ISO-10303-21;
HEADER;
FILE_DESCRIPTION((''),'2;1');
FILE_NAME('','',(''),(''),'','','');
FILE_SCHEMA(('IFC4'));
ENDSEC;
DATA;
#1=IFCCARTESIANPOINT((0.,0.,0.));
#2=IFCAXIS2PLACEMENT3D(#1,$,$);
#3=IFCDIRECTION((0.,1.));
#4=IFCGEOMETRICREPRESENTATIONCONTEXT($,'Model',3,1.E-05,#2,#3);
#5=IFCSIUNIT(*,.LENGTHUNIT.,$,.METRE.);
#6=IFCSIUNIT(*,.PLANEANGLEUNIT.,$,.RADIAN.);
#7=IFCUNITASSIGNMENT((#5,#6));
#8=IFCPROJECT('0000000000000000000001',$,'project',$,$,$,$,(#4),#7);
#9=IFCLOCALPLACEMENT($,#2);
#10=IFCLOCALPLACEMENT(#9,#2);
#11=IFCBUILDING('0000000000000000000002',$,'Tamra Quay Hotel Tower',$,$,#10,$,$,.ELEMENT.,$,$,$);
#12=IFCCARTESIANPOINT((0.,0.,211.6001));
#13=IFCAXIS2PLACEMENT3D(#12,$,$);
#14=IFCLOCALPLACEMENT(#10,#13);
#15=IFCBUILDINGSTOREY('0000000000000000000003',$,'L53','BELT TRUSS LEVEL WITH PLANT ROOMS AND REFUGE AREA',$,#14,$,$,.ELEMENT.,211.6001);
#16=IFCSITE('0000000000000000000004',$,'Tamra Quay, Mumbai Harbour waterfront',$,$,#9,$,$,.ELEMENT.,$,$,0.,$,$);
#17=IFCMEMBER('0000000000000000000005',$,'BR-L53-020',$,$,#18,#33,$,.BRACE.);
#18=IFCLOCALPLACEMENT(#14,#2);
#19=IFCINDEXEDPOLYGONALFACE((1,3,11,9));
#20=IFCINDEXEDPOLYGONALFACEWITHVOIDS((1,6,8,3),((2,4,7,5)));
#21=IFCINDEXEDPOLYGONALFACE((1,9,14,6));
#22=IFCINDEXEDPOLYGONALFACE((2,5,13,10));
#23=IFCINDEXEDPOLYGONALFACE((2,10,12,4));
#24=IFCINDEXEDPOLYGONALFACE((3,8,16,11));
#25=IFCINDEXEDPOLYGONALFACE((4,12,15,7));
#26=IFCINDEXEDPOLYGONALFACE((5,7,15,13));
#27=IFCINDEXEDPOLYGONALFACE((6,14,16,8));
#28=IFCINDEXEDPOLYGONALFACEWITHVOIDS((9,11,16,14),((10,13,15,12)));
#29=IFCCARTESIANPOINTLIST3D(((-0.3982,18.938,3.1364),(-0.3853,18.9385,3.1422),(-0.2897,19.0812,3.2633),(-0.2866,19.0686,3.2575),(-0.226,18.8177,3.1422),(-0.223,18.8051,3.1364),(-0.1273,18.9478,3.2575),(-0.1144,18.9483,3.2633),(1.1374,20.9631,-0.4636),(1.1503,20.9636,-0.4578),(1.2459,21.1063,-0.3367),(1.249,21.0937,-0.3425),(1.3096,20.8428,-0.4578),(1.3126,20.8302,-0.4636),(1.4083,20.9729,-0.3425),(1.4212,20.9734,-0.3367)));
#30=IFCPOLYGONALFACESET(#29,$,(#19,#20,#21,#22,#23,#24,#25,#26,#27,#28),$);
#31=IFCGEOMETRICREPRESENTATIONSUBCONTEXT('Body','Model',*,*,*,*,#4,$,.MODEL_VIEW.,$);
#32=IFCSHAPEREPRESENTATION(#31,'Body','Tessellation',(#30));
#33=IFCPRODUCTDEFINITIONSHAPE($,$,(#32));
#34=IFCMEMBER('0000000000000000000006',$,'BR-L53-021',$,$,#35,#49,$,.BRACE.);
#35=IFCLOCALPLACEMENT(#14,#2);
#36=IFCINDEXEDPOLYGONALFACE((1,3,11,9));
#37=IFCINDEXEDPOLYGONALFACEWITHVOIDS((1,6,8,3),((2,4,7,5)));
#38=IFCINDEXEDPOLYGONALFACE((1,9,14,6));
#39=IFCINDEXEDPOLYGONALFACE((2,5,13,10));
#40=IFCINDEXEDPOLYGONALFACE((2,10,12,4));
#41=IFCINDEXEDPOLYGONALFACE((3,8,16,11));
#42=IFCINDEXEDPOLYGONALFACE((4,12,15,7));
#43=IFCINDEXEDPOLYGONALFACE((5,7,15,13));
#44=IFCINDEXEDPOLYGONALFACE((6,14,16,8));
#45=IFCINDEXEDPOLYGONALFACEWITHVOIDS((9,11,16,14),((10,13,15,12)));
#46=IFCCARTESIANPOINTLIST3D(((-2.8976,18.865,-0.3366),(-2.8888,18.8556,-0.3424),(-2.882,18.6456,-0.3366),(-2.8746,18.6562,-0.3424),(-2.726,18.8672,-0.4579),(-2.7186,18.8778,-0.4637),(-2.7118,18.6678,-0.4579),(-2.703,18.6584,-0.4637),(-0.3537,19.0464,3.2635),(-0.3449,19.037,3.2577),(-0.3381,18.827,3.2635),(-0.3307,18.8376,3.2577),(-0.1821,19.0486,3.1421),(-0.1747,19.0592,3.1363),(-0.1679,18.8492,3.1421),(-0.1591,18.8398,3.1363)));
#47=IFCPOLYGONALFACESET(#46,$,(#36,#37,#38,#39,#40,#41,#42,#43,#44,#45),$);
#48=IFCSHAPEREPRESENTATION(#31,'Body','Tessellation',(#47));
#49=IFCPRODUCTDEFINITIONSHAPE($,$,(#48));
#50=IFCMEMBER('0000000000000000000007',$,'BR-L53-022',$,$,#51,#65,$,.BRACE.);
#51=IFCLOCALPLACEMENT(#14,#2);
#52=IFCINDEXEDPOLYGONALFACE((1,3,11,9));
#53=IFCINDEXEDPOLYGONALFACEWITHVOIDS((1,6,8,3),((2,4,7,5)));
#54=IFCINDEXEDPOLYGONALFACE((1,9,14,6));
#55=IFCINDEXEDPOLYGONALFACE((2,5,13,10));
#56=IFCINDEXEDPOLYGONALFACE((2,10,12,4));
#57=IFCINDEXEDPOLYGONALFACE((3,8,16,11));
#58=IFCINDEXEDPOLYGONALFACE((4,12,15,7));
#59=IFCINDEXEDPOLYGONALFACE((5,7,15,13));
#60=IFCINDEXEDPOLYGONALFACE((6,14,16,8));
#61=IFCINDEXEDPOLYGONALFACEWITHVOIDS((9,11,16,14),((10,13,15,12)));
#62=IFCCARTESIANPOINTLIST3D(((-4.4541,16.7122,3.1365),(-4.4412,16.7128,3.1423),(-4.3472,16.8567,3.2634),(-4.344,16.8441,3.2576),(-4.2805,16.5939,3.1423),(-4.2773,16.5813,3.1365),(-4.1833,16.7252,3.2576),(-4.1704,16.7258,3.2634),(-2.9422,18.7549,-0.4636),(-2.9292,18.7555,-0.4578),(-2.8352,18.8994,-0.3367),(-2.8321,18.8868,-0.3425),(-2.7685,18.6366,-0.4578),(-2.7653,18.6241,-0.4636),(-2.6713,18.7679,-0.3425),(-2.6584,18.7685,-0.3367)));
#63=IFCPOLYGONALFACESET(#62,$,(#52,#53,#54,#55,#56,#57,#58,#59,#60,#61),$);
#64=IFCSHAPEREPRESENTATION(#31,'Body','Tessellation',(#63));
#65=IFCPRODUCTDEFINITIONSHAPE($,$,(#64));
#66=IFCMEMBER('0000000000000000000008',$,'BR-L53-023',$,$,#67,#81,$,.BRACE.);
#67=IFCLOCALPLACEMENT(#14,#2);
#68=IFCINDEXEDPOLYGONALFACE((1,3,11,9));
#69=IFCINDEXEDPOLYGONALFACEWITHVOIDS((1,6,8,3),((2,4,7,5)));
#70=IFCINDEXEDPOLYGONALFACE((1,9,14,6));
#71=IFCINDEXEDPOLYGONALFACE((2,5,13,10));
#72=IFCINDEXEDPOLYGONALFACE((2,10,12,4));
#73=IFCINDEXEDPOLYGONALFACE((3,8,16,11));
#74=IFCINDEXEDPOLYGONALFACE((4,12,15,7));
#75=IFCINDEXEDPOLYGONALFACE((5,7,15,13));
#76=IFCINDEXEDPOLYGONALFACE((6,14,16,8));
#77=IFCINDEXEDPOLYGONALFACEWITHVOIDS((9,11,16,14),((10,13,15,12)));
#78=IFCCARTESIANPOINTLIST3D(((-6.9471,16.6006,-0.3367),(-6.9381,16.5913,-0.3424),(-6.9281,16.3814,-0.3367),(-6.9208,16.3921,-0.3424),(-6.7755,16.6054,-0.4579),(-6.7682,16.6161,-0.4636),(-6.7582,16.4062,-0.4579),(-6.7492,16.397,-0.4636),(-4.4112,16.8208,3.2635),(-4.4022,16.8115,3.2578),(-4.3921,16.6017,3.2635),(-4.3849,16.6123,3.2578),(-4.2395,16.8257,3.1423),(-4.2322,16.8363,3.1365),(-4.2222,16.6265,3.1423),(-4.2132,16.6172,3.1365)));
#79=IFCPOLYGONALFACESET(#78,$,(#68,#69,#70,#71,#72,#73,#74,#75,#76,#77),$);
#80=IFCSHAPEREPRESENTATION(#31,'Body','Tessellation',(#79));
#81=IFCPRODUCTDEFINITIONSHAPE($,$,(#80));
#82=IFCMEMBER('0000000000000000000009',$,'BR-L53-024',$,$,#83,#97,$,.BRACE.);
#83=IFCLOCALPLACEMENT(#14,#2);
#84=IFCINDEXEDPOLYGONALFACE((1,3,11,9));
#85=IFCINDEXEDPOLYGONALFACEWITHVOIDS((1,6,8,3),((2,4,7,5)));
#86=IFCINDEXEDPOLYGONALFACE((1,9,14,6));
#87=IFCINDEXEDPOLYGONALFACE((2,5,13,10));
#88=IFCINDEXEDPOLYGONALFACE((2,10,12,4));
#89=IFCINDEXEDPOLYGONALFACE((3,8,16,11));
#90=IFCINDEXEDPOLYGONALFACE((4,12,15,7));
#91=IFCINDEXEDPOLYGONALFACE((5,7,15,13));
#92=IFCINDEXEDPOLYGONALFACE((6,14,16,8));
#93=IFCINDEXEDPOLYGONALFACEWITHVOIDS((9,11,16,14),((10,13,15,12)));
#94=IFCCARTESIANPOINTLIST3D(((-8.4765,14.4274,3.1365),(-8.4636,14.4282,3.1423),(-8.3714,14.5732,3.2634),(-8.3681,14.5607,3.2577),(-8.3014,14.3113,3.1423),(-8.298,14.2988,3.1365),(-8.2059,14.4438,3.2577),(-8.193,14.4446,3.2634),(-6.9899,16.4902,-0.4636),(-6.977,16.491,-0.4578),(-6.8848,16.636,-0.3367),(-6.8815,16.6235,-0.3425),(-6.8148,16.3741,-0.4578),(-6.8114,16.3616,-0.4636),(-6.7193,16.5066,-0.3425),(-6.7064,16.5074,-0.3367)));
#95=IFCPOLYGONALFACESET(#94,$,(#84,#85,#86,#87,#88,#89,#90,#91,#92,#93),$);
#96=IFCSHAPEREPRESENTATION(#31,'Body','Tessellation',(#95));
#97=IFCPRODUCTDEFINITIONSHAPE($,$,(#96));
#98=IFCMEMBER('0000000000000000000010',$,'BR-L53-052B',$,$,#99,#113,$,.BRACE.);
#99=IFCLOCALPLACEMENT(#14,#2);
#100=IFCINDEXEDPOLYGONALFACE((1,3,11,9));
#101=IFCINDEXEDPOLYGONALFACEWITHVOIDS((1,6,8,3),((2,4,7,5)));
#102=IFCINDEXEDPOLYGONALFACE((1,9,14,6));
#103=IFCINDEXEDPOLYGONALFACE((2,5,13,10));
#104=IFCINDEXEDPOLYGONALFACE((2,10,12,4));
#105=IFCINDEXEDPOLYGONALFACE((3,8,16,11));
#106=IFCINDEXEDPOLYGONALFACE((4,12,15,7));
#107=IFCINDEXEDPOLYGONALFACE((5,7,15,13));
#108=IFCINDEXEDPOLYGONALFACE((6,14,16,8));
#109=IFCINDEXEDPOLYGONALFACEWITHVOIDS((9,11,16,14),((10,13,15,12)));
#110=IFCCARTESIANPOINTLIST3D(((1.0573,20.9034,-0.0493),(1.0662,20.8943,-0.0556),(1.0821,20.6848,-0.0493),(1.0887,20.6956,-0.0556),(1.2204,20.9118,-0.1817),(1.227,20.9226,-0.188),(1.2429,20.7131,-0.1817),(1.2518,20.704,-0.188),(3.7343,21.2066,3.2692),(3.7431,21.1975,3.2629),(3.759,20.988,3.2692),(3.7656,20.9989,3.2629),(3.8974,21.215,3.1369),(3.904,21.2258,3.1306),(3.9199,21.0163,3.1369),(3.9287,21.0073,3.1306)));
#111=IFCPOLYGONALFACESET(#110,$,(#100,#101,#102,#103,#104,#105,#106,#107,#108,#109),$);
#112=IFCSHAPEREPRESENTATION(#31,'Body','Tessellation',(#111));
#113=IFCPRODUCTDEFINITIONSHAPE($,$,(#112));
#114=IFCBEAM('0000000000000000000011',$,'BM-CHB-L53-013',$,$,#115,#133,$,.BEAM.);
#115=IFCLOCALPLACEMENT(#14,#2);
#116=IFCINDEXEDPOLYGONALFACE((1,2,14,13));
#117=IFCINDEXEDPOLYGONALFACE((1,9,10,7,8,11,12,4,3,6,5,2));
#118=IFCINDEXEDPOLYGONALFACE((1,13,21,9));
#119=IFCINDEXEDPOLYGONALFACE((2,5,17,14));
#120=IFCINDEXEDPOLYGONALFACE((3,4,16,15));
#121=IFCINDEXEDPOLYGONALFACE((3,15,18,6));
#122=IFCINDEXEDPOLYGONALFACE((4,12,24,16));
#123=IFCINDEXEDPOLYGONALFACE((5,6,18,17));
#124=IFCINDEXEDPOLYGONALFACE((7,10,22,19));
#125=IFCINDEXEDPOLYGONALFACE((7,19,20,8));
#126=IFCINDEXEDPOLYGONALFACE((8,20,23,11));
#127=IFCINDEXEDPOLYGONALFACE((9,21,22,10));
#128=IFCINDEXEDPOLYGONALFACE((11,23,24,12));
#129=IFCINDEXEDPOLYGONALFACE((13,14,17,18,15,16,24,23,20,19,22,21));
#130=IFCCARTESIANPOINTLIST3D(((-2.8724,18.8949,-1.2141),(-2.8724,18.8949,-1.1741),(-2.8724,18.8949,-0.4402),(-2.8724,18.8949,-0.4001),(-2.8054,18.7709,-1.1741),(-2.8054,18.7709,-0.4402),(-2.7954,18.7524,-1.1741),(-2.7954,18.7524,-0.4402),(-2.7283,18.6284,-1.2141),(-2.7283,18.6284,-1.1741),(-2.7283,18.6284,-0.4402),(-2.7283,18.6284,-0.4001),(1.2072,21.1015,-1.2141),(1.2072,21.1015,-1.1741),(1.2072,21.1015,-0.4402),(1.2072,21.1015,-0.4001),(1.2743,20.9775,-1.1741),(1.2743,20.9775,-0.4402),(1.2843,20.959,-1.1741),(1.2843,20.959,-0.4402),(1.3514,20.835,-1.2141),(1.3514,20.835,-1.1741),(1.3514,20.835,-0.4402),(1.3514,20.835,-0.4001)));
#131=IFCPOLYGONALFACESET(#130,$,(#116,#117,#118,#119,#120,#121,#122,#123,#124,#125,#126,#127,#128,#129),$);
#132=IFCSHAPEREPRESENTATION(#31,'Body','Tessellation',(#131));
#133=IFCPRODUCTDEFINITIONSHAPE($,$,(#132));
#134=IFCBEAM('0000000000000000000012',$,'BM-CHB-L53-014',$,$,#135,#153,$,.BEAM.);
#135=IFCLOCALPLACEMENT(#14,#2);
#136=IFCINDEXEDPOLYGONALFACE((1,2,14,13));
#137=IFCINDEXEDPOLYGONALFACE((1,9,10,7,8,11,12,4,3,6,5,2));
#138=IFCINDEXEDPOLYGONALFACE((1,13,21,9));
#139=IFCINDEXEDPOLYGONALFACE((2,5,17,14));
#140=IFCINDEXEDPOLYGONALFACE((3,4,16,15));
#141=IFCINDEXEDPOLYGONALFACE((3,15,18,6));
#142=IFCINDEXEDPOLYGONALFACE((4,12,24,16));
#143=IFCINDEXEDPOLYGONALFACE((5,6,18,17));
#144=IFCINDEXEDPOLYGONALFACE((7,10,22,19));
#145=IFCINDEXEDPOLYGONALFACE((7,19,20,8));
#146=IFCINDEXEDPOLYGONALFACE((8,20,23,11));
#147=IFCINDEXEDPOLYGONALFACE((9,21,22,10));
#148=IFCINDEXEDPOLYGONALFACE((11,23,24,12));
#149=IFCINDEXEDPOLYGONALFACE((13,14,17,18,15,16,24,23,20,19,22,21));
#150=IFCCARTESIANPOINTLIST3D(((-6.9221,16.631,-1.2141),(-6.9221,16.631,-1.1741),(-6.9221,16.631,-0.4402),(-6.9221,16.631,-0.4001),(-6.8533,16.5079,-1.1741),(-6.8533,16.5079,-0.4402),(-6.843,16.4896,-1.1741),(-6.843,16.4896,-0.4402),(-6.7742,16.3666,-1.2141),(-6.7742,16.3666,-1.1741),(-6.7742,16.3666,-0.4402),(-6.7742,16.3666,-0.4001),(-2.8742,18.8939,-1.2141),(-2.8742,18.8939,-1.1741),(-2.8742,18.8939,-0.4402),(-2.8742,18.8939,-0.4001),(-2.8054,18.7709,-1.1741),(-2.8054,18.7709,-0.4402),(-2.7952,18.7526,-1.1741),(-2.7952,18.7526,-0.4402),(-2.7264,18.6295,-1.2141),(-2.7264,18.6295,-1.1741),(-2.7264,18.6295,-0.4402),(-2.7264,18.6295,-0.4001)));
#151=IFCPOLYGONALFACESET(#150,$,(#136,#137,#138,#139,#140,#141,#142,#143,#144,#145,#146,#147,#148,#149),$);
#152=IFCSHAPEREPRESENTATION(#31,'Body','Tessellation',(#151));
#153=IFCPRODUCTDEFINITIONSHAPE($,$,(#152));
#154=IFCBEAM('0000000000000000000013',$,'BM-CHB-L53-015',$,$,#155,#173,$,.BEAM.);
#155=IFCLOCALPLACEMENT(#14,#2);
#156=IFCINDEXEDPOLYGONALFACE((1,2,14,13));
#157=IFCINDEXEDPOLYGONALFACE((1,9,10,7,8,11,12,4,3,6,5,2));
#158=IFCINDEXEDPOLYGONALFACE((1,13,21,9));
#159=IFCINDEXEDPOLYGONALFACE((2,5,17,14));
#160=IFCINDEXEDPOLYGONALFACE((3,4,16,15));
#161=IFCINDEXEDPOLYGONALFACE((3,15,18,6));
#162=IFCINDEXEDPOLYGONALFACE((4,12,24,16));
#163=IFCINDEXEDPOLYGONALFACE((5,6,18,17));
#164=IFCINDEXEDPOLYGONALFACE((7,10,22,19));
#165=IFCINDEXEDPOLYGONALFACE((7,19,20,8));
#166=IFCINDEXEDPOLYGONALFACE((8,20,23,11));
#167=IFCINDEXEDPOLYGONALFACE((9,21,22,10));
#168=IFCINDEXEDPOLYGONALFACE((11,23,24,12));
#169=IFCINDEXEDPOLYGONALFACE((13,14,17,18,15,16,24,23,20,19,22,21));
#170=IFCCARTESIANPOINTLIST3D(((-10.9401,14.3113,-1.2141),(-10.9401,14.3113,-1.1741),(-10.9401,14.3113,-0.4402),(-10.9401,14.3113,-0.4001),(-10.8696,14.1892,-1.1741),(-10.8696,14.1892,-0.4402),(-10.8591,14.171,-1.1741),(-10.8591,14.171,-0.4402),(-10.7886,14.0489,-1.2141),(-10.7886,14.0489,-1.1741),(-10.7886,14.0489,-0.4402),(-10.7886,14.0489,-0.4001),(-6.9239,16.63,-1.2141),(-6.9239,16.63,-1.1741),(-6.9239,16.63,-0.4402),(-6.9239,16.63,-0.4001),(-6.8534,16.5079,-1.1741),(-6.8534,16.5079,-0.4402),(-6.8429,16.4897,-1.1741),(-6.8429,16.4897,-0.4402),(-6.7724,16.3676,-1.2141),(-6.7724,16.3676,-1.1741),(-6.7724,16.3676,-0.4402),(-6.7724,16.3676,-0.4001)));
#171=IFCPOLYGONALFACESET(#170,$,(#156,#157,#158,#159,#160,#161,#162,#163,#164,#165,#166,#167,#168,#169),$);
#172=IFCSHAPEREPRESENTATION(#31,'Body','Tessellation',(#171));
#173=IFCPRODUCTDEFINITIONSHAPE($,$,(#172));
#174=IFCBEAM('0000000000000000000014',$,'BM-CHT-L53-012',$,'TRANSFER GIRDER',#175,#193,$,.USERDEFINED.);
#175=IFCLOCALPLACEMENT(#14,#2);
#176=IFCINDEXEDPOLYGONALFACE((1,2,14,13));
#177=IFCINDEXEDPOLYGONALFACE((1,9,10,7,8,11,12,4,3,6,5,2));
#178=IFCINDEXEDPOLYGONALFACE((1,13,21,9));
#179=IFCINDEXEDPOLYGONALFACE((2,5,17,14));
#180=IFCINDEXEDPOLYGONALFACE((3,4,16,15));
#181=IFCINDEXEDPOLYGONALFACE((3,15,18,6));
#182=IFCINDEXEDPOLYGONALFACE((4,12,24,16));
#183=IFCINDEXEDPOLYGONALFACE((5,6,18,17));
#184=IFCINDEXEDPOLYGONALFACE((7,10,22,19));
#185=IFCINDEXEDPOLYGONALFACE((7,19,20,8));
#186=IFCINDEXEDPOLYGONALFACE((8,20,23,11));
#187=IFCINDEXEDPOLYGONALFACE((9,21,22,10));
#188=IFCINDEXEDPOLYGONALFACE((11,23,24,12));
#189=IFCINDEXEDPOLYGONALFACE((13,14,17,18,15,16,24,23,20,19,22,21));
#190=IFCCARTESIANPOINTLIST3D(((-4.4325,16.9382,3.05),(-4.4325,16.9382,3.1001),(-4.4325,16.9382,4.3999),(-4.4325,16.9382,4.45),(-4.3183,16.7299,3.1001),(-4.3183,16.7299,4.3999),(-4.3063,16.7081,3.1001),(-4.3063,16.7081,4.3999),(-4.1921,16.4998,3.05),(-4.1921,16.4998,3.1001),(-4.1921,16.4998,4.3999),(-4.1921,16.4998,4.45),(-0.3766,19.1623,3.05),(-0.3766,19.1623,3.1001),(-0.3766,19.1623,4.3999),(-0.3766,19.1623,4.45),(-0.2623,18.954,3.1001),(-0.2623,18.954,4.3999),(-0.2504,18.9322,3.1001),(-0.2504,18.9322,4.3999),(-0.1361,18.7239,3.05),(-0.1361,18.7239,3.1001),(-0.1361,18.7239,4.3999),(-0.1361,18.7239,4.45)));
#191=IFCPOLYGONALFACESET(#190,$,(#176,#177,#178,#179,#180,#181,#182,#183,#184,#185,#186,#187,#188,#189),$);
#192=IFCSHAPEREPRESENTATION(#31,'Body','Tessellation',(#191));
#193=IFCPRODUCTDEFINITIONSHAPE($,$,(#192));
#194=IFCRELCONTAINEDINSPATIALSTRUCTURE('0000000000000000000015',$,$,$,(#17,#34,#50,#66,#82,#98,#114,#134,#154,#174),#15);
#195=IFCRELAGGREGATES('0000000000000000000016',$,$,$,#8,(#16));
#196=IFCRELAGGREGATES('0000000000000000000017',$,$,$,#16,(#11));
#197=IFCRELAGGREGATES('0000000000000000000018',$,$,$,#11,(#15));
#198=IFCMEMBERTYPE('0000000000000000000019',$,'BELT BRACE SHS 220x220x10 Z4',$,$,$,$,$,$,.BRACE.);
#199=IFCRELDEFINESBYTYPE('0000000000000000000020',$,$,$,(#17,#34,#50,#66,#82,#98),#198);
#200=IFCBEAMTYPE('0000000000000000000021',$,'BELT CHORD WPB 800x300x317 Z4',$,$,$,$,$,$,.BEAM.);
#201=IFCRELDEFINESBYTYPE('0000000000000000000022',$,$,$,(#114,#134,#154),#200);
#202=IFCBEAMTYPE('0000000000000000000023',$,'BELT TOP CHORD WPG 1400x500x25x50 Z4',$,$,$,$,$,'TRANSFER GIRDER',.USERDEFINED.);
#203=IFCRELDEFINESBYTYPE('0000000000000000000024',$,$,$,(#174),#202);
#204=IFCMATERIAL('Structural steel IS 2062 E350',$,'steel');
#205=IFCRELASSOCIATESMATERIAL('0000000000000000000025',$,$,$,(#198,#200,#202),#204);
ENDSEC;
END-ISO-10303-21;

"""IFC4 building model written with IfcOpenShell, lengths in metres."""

from ifc_helpers import new_model, si_unit, direction, frame, origin, origin_2d, place, context, subcontext, project, spatial, hollow_rectangle, i_section, extrude, material, material_profile, profile_set, type_object, element, save


model = new_model("IFC4")

# Units and contexts
model_context = context("Model", 3, precision=1e-05, world=origin(), true_north=direction((0.0, 1.0)))
body_context = subcontext(model_context, "Body", "Model", "MODEL_VIEW")
ifc_project = project(units=[si_unit("LENGTHUNIT", "METRE"), si_unit("PLANEANGLEUNIT", "RADIAN")], contexts=[model_context])

# Site, building, storey
site_placement = place(None, origin())
site = spatial("IfcSite", under=ifc_project, at=site_placement, Name="Tamra Quay, Mumbai Harbour waterfront", CompositionType="ELEMENT", RefElevation=0.0)
building_placement = place(site_placement, origin())
building = spatial("IfcBuilding", under=site, at=building_placement, Name="Tamra Quay Hotel Tower", CompositionType="ELEMENT")
storey_placement = place(building_placement, frame((0.0, 0.0, 211.6001)))
storey = spatial("IfcBuildingStorey", under=building, at=storey_placement, Name="L53", Description="BELT TRUSS LEVEL WITH PLANT ROOMS AND REFUGE AREA", CompositionType="ELEMENT", Elevation=211.6001)

# Members
ifc_material_1 = material(Name="Structural steel IS 2062 E350", Category="steel")
ifc_material_profile_1 = material_profile(ifc_material_1, hollow_rectangle(XDim=0.22, YDim=0.22, WallThickness=0.01, at=origin_2d()), Name="SHS 220x220x10")
ifc_profile_set_1 = profile_set([ifc_material_profile_1], Name="Structural steel IS 2062 E350")
member_type = type_object("IfcMemberType", Name="BELT BRACE SHS 220x220x10 Z4", PredefinedType="BRACE", material=ifc_profile_set_1)
member_1_placement = place(storey_placement, frame((1.2793, 20.9683, -0.4001), z_axis=(-0.348469, -0.459548, 0.816936), x_axis=(0.796819, -0.604218, 0.0)))
element("IfcMember", 1, at=member_1_placement, inside=storey, type_object=member_type, Name="BR-L53-020", PredefinedType="BRACE", context=body_context, shape_type="SweptSolid", body=[
    extrude(hollow_rectangle(XDim=0.22, YDim=0.22, WallThickness=0.01, at=origin_2d()), origin(), (0.0, 0.0, 1.0), 4.4067),
])
member_2_placement = place(storey_placement, frame((-2.8003, 18.7617, -0.4001), z_axis=(0.576604, 0.041115, 0.815989), x_axis=(-0.071125, 0.997467, 0.0)))
element("IfcMember", 2, at=member_2_placement, inside=storey, type_object=member_type, Name="BR-L53-021", PredefinedType="BRACE", context=body_context, shape_type="SweptSolid", body=[
    extrude(hollow_rectangle(XDim=0.22, YDim=0.22, WallThickness=0.01, at=origin_2d()), origin(), (0.0, 0.0, 1.0), 4.4119),
])
member_3_placement = place(storey_placement, frame((-2.8003, 18.7617, -0.4001), z_axis=(-0.343101, -0.463544, 0.81695), x_axis=(0.803777, -0.594931, 0.0)))
element("IfcMember", 3, at=member_3_placement, inside=storey, type_object=member_type, Name="BR-L53-022", PredefinedType="BRACE", context=body_context, shape_type="SweptSolid", body=[
    extrude(hollow_rectangle(XDim=0.22, YDim=0.22, WallThickness=0.01, at=origin_2d()), origin(), (0.0, 0.0, 1.0), 4.4067),
])
member_4_placement = place(storey_placement, frame((-6.8481, 16.4988, -0.4001), z_axis=(0.575152, 0.049946, 0.81652), x_axis=(-0.086514, 0.996251, 0.0)))
element("IfcMember", 4, at=member_4_placement, inside=storey, type_object=member_type, Name="BR-L53-023", PredefinedType="BRACE", context=body_context, shape_type="SweptSolid", body=[
    extrude(hollow_rectangle(XDim=0.22, YDim=0.22, WallThickness=0.01, at=origin_2d()), origin(), (0.0, 0.0, 1.0), 4.4092),
])
member_5_placement = place(storey_placement, frame((-6.8481, 16.4988, -0.4001), z_axis=(-0.337287, -0.468014, 0.816823), x_axis=(0.811274, -0.584666, 0.0)))
element("IfcMember", 5, at=member_5_placement, inside=storey, type_object=member_type, Name="BR-L53-024", PredefinedType="BRACE", context=body_context, shape_type="SweptSolid", body=[
    extrude(hollow_rectangle(XDim=0.22, YDim=0.22, WallThickness=0.01, at=origin_2d()), origin(), (0.0, 0.0, 1.0), 4.4075),
])
member_6_placement = place(storey_placement, frame((1.1545, 20.8037, -0.1187), z_axis=(0.626271, 0.070937, 0.776371), x_axis=(-0.11255, 0.993646, 0.0)))
element("IfcMember", 6, at=member_6_placement, inside=storey, type_object=member_type, Name="BR-L53-052B", PredefinedType="BRACE", context=body_context, shape_type="SweptSolid", body=[
    extrude(hollow_rectangle(XDim=0.22, YDim=0.22, WallThickness=0.01, at=origin_2d()), origin(), (0.0, 0.0, 1.0), 4.2744),
])

# Beams
ifc_material_profile_2 = material_profile(ifc_material_1, i_section(OverallWidth=0.303, OverallDepth=0.814, WebThickness=0.021, FlangeThickness=0.04, at=origin_2d()), Name="WPB 800x300x317")
ifc_profile_set_2 = profile_set([ifc_material_profile_2], Name="Structural steel IS 2062 E350")
beam_type_1 = type_object("IfcBeamType", Name="BELT CHORD WPB 800x300x317 Z4", PredefinedType="BEAM", material=ifc_profile_set_2)
beam_1_placement = place(storey_placement, frame((1.2793, 20.9683, -0.8071), z_axis=(-0.879584, -0.475744, 0.0), x_axis=(0.475744, -0.879584, 0.0)))
element("IfcBeam", 7, at=beam_1_placement, inside=storey, type_object=beam_type_1, Name="BM-CHB-L53-013", PredefinedType="BEAM", context=body_context, shape_type="SweptSolid", body=[
    extrude(i_section(OverallWidth=0.303, OverallDepth=0.814, WebThickness=0.021, FlangeThickness=0.04, at=origin_2d()), origin(), (0.0, 0.0, 1.0), 4.6382),
])
for number, where, z_axis, x_axis, name in (
    (8, (-2.8003, 18.7617, -0.8071), (-0.87286, -0.48797, 0.0), (0.48797, -0.87286, 0.0), "BM-CHB-L53-014"),
    (9, (-6.8481, 16.4988, -0.8071), (-0.866035, -0.499984, 0.0), (0.499984, -0.866035, 0.0), "BM-CHB-L53-015"),
):
    element("IfcBeam", number, at=place(storey_placement, frame(where, z_axis=z_axis, x_axis=x_axis)), inside=storey, type_object=beam_type_1, Name=name, PredefinedType="BEAM", context=body_context, shape_type="SweptSolid", body=[
        extrude(i_section(OverallWidth=0.303, OverallDepth=0.814, WebThickness=0.021, FlangeThickness=0.04, at=origin_2d()), origin(), (0.0, 0.0, 1.0), 4.6375),
    ])
ifc_material_profile_3 = material_profile(ifc_material_1, i_section(OverallWidth=0.5, OverallDepth=1.3999, WebThickness=0.0249, FlangeThickness=0.05, at=origin_2d()), Name="WPG 1400x500x25x50")
ifc_profile_set_3 = profile_set([ifc_material_profile_3], Name="Structural steel IS 2062 E350")
beam_type_2 = type_object("IfcBeamType", Name="BELT TOP CHORD WPG 1400x500x25x50 Z4", ElementType="TRANSFER GIRDER", PredefinedType="USERDEFINED", material=ifc_profile_set_3)
beam_2_placement = place(storey_placement, frame((-0.2563, 18.9431, 3.75), z_axis=(-0.87682, -0.480818, 0.0), x_axis=(0.480818, -0.87682, 0.0)))
element("IfcBeam", 10, at=beam_2_placement, inside=storey, type_object=beam_type_2, Name="BM-CHT-L53-012", ObjectType="TRANSFER GIRDER", PredefinedType="USERDEFINED", context=body_context, shape_type="SweptSolid", body=[
    extrude(i_section(OverallWidth=0.5, OverallDepth=1.3999, WebThickness=0.0249, FlangeThickness=0.05, at=origin_2d()), origin(), (0.0, 0.0, 1.0), 4.6257),
])

save(model, "model.ifc")
